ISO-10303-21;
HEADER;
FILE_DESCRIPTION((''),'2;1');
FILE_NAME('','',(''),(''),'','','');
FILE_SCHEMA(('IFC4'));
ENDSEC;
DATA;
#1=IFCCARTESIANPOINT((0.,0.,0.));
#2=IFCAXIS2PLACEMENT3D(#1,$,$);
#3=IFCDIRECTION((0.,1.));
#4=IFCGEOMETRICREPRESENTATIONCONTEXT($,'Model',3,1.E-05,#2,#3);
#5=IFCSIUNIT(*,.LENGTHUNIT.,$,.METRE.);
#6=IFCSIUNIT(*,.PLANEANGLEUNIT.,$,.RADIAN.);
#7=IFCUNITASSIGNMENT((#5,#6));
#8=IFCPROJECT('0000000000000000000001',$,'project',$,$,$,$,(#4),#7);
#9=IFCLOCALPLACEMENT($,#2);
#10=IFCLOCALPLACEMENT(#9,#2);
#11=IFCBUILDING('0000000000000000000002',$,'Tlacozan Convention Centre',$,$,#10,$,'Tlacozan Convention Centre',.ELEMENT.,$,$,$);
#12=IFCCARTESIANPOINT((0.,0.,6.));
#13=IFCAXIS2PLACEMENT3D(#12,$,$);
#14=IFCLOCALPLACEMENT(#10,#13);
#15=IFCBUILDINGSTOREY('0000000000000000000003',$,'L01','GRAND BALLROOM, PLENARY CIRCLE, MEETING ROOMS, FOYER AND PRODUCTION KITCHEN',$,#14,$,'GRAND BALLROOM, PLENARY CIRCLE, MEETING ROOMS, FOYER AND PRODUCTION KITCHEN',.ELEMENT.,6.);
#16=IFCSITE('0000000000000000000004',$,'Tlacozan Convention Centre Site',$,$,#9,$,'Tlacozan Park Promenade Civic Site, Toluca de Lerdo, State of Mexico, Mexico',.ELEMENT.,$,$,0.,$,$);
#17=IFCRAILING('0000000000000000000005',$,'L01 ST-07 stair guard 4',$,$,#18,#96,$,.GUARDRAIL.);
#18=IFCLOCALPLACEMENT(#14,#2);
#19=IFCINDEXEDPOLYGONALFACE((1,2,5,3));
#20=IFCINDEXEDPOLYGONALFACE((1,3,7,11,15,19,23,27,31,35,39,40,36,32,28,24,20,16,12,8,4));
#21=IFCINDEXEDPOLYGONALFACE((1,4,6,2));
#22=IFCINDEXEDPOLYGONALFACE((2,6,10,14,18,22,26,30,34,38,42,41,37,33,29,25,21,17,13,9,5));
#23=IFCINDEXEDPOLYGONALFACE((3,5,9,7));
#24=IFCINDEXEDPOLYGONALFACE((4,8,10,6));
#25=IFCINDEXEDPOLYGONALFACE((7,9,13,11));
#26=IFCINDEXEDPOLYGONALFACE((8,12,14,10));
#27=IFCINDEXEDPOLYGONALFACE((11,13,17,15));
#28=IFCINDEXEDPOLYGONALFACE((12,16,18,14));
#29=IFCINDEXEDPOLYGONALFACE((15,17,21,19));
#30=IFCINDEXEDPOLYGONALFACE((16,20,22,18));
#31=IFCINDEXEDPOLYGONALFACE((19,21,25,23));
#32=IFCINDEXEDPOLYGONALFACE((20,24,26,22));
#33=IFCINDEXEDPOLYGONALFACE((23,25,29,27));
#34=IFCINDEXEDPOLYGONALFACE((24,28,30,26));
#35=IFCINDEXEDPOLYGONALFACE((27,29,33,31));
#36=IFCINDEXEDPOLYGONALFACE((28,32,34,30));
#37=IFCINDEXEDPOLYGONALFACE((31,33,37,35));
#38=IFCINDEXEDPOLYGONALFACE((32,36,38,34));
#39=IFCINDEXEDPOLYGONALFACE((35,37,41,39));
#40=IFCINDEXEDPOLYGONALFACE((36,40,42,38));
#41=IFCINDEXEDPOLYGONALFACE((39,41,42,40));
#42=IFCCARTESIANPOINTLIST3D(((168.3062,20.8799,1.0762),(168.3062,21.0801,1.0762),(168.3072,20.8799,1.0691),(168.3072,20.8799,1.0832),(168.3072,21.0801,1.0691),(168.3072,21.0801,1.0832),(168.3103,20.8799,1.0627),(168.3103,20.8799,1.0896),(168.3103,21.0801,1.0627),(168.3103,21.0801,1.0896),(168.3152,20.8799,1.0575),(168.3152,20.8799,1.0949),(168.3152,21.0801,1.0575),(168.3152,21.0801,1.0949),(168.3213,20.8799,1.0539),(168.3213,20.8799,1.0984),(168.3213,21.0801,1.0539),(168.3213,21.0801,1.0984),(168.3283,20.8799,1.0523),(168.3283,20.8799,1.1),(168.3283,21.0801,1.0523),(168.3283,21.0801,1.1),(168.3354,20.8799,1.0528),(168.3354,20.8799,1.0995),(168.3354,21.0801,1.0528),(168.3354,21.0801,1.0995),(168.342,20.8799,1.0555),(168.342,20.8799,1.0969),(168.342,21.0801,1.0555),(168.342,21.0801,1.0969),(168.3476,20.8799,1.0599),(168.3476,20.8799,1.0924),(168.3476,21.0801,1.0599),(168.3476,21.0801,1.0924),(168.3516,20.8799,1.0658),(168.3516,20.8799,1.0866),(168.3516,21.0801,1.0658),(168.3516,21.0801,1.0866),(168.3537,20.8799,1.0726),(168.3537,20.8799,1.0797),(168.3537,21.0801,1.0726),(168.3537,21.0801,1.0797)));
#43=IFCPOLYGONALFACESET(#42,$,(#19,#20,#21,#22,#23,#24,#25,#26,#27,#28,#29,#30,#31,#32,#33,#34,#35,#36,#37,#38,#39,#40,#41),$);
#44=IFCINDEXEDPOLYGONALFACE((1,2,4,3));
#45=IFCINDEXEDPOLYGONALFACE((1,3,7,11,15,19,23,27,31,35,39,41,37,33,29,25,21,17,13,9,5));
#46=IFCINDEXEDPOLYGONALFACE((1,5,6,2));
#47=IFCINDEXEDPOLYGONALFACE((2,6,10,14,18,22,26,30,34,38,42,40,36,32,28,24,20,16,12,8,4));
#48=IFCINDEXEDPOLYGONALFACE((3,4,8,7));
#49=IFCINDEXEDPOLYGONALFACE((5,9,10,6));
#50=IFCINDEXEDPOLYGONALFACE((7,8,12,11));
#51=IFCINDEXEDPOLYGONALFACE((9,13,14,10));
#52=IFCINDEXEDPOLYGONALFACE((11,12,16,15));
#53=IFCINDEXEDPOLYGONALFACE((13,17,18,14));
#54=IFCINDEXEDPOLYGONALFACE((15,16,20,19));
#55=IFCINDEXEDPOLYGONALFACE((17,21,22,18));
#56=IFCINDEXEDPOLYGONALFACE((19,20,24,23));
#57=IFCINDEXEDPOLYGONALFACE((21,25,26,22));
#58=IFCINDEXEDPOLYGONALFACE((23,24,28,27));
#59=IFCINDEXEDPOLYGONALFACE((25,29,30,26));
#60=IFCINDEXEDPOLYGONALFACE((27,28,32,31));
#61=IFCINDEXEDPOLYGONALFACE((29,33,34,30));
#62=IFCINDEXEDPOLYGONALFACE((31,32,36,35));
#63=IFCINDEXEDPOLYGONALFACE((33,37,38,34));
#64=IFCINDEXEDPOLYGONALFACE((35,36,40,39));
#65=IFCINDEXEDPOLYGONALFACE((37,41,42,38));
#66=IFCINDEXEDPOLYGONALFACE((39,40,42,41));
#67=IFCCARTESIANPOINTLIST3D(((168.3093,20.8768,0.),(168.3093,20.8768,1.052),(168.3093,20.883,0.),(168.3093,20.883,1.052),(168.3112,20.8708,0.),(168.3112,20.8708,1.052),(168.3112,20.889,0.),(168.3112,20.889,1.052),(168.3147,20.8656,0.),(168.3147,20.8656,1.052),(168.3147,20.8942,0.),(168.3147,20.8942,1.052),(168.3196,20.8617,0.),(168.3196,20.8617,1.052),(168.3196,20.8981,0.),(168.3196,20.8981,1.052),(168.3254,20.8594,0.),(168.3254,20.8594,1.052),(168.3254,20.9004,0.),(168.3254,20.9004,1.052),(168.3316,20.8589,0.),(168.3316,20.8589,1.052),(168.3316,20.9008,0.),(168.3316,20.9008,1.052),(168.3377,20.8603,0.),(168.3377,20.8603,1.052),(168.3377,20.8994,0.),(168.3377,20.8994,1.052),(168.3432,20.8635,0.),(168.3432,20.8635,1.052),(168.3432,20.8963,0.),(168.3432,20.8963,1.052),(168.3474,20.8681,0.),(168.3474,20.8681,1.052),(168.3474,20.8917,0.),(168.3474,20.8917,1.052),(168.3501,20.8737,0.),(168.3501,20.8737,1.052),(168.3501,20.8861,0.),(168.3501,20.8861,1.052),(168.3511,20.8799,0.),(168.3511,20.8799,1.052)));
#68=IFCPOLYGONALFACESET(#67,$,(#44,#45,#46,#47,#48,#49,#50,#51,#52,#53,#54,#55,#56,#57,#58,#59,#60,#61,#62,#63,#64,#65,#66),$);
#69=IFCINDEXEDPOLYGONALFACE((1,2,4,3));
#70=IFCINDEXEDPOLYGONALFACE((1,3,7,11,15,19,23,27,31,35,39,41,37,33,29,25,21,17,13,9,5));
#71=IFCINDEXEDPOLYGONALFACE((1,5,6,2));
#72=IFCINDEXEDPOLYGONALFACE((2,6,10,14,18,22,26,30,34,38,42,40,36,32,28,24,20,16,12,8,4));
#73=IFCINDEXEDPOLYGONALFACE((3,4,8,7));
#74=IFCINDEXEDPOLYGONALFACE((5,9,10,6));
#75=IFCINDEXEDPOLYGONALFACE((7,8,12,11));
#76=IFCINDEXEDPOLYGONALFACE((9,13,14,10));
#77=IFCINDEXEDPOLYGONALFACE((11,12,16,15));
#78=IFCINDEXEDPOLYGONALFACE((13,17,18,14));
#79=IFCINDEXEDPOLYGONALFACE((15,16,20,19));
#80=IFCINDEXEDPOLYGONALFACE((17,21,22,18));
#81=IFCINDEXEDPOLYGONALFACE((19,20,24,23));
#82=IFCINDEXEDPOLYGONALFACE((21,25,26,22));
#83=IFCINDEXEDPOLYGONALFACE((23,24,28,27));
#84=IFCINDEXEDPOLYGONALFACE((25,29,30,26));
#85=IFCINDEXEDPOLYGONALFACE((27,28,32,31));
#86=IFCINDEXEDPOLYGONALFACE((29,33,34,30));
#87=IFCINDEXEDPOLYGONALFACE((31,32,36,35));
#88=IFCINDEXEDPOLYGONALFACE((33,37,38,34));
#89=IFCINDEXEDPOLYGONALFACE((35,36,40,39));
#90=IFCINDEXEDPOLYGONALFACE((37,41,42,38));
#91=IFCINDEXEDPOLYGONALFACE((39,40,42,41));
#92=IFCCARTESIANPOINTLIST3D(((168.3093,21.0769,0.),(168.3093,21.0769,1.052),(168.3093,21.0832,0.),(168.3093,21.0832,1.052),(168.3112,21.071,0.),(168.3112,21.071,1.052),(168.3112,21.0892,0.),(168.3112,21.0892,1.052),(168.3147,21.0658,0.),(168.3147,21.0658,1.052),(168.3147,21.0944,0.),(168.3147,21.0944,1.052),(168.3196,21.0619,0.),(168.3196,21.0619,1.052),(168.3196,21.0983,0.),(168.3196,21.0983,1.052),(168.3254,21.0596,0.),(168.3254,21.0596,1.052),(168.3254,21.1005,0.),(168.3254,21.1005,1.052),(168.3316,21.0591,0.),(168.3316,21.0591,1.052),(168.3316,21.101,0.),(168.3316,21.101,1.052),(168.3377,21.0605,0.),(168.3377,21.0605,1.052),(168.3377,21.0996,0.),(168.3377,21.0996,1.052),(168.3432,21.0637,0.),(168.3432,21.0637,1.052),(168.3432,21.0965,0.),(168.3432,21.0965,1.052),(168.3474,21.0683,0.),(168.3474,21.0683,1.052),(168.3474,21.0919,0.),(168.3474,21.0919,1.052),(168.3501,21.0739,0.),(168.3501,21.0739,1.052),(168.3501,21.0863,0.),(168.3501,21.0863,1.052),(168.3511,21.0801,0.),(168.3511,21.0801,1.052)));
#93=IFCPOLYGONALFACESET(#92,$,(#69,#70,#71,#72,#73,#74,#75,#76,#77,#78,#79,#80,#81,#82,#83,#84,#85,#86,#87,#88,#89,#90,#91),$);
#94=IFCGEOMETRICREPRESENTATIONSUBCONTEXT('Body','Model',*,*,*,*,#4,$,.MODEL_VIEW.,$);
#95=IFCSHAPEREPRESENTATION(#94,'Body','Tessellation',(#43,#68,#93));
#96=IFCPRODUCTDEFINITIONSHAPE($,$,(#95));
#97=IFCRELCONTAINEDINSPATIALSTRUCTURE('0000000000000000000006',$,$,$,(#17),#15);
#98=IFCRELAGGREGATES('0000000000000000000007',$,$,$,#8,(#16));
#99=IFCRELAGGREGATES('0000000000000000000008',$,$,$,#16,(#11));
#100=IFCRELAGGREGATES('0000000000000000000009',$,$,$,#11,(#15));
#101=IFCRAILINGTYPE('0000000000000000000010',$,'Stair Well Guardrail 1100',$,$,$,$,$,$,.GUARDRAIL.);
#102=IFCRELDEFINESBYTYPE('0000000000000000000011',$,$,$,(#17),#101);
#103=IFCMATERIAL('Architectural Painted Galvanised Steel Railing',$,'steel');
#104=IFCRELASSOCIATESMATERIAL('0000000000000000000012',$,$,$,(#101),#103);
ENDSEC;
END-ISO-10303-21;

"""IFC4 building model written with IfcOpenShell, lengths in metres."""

from ifc_helpers import new_model, si_unit, direction, frame, origin, origin_2d, place, context, subcontext, project, spatial, circle, extrude, material, type_object, element, save


model = new_model("IFC4")

# Units and contexts
model_context = context("Model", 3, precision=1e-05, world=origin(), true_north=direction((0.0, 1.0)))
body_context = subcontext(model_context, "Body", "Model", "MODEL_VIEW")
ifc_project = project(units=[si_unit("LENGTHUNIT", "METRE"), si_unit("PLANEANGLEUNIT", "RADIAN")], contexts=[model_context])

# Site, building, storey
site_placement = place(None, origin())
site = spatial("IfcSite", under=ifc_project, at=site_placement, Name="Tlacozan Convention Centre Site", LongName="Tlacozan Park Promenade Civic Site, Toluca de Lerdo, State of Mexico, Mexico", CompositionType="ELEMENT", RefElevation=0.0)
building_placement = place(site_placement, origin())
building = spatial("IfcBuilding", under=site, at=building_placement, Name="Tlacozan Convention Centre", LongName="Tlacozan Convention Centre", CompositionType="ELEMENT")
storey_placement = place(building_placement, frame((0.0, 0.0, 6.0)))
storey = spatial("IfcBuildingStorey", under=building, at=storey_placement, Name="L01", Description="GRAND BALLROOM, PLENARY CIRCLE, MEETING ROOMS, FOYER AND PRODUCTION KITCHEN", LongName="GRAND BALLROOM, PLENARY CIRCLE, MEETING ROOMS, FOYER AND PRODUCTION KITCHEN", CompositionType="ELEMENT", Elevation=6.0)

# Railing
ifc_material_1 = material(Name="Architectural Painted Galvanised Steel Railing", Category="steel")
railing_type_1 = type_object("IfcRailingType", Name="Stair Well Guardrail 1100", PredefinedType="GUARDRAIL", material=ifc_material_1)
railing_1_placement = place(storey_placement, frame((168.3301, 20.8799, 0.0)))
element("IfcRailing", 1, at=railing_1_placement, inside=storey, type_object=railing_type_1, Name="L01 ST-07 stair guard 4", PredefinedType="GUARDRAIL", context=body_context, shape_type="SweptSolid", body=[
    extrude(circle(Radius=0.0239, at=origin_2d()), frame((0.0, 0.0, 1.0762), z_axis=(0.0, 1.0, 0.0), x_axis=(-1.0, 0.0, 0.0)), (0.0, 0.0, 1.0), 0.2002),
    extrude(circle(Radius=0.021, at=origin_2d()), origin(), (0.0, 0.0, 1.0), 1.052),
    extrude(circle(Radius=0.021, at=origin_2d()), frame((0.0, 0.2002, 0.0)), (0.0, 0.0, 1.0), 1.052),
])

save(model, "model.ifc")
